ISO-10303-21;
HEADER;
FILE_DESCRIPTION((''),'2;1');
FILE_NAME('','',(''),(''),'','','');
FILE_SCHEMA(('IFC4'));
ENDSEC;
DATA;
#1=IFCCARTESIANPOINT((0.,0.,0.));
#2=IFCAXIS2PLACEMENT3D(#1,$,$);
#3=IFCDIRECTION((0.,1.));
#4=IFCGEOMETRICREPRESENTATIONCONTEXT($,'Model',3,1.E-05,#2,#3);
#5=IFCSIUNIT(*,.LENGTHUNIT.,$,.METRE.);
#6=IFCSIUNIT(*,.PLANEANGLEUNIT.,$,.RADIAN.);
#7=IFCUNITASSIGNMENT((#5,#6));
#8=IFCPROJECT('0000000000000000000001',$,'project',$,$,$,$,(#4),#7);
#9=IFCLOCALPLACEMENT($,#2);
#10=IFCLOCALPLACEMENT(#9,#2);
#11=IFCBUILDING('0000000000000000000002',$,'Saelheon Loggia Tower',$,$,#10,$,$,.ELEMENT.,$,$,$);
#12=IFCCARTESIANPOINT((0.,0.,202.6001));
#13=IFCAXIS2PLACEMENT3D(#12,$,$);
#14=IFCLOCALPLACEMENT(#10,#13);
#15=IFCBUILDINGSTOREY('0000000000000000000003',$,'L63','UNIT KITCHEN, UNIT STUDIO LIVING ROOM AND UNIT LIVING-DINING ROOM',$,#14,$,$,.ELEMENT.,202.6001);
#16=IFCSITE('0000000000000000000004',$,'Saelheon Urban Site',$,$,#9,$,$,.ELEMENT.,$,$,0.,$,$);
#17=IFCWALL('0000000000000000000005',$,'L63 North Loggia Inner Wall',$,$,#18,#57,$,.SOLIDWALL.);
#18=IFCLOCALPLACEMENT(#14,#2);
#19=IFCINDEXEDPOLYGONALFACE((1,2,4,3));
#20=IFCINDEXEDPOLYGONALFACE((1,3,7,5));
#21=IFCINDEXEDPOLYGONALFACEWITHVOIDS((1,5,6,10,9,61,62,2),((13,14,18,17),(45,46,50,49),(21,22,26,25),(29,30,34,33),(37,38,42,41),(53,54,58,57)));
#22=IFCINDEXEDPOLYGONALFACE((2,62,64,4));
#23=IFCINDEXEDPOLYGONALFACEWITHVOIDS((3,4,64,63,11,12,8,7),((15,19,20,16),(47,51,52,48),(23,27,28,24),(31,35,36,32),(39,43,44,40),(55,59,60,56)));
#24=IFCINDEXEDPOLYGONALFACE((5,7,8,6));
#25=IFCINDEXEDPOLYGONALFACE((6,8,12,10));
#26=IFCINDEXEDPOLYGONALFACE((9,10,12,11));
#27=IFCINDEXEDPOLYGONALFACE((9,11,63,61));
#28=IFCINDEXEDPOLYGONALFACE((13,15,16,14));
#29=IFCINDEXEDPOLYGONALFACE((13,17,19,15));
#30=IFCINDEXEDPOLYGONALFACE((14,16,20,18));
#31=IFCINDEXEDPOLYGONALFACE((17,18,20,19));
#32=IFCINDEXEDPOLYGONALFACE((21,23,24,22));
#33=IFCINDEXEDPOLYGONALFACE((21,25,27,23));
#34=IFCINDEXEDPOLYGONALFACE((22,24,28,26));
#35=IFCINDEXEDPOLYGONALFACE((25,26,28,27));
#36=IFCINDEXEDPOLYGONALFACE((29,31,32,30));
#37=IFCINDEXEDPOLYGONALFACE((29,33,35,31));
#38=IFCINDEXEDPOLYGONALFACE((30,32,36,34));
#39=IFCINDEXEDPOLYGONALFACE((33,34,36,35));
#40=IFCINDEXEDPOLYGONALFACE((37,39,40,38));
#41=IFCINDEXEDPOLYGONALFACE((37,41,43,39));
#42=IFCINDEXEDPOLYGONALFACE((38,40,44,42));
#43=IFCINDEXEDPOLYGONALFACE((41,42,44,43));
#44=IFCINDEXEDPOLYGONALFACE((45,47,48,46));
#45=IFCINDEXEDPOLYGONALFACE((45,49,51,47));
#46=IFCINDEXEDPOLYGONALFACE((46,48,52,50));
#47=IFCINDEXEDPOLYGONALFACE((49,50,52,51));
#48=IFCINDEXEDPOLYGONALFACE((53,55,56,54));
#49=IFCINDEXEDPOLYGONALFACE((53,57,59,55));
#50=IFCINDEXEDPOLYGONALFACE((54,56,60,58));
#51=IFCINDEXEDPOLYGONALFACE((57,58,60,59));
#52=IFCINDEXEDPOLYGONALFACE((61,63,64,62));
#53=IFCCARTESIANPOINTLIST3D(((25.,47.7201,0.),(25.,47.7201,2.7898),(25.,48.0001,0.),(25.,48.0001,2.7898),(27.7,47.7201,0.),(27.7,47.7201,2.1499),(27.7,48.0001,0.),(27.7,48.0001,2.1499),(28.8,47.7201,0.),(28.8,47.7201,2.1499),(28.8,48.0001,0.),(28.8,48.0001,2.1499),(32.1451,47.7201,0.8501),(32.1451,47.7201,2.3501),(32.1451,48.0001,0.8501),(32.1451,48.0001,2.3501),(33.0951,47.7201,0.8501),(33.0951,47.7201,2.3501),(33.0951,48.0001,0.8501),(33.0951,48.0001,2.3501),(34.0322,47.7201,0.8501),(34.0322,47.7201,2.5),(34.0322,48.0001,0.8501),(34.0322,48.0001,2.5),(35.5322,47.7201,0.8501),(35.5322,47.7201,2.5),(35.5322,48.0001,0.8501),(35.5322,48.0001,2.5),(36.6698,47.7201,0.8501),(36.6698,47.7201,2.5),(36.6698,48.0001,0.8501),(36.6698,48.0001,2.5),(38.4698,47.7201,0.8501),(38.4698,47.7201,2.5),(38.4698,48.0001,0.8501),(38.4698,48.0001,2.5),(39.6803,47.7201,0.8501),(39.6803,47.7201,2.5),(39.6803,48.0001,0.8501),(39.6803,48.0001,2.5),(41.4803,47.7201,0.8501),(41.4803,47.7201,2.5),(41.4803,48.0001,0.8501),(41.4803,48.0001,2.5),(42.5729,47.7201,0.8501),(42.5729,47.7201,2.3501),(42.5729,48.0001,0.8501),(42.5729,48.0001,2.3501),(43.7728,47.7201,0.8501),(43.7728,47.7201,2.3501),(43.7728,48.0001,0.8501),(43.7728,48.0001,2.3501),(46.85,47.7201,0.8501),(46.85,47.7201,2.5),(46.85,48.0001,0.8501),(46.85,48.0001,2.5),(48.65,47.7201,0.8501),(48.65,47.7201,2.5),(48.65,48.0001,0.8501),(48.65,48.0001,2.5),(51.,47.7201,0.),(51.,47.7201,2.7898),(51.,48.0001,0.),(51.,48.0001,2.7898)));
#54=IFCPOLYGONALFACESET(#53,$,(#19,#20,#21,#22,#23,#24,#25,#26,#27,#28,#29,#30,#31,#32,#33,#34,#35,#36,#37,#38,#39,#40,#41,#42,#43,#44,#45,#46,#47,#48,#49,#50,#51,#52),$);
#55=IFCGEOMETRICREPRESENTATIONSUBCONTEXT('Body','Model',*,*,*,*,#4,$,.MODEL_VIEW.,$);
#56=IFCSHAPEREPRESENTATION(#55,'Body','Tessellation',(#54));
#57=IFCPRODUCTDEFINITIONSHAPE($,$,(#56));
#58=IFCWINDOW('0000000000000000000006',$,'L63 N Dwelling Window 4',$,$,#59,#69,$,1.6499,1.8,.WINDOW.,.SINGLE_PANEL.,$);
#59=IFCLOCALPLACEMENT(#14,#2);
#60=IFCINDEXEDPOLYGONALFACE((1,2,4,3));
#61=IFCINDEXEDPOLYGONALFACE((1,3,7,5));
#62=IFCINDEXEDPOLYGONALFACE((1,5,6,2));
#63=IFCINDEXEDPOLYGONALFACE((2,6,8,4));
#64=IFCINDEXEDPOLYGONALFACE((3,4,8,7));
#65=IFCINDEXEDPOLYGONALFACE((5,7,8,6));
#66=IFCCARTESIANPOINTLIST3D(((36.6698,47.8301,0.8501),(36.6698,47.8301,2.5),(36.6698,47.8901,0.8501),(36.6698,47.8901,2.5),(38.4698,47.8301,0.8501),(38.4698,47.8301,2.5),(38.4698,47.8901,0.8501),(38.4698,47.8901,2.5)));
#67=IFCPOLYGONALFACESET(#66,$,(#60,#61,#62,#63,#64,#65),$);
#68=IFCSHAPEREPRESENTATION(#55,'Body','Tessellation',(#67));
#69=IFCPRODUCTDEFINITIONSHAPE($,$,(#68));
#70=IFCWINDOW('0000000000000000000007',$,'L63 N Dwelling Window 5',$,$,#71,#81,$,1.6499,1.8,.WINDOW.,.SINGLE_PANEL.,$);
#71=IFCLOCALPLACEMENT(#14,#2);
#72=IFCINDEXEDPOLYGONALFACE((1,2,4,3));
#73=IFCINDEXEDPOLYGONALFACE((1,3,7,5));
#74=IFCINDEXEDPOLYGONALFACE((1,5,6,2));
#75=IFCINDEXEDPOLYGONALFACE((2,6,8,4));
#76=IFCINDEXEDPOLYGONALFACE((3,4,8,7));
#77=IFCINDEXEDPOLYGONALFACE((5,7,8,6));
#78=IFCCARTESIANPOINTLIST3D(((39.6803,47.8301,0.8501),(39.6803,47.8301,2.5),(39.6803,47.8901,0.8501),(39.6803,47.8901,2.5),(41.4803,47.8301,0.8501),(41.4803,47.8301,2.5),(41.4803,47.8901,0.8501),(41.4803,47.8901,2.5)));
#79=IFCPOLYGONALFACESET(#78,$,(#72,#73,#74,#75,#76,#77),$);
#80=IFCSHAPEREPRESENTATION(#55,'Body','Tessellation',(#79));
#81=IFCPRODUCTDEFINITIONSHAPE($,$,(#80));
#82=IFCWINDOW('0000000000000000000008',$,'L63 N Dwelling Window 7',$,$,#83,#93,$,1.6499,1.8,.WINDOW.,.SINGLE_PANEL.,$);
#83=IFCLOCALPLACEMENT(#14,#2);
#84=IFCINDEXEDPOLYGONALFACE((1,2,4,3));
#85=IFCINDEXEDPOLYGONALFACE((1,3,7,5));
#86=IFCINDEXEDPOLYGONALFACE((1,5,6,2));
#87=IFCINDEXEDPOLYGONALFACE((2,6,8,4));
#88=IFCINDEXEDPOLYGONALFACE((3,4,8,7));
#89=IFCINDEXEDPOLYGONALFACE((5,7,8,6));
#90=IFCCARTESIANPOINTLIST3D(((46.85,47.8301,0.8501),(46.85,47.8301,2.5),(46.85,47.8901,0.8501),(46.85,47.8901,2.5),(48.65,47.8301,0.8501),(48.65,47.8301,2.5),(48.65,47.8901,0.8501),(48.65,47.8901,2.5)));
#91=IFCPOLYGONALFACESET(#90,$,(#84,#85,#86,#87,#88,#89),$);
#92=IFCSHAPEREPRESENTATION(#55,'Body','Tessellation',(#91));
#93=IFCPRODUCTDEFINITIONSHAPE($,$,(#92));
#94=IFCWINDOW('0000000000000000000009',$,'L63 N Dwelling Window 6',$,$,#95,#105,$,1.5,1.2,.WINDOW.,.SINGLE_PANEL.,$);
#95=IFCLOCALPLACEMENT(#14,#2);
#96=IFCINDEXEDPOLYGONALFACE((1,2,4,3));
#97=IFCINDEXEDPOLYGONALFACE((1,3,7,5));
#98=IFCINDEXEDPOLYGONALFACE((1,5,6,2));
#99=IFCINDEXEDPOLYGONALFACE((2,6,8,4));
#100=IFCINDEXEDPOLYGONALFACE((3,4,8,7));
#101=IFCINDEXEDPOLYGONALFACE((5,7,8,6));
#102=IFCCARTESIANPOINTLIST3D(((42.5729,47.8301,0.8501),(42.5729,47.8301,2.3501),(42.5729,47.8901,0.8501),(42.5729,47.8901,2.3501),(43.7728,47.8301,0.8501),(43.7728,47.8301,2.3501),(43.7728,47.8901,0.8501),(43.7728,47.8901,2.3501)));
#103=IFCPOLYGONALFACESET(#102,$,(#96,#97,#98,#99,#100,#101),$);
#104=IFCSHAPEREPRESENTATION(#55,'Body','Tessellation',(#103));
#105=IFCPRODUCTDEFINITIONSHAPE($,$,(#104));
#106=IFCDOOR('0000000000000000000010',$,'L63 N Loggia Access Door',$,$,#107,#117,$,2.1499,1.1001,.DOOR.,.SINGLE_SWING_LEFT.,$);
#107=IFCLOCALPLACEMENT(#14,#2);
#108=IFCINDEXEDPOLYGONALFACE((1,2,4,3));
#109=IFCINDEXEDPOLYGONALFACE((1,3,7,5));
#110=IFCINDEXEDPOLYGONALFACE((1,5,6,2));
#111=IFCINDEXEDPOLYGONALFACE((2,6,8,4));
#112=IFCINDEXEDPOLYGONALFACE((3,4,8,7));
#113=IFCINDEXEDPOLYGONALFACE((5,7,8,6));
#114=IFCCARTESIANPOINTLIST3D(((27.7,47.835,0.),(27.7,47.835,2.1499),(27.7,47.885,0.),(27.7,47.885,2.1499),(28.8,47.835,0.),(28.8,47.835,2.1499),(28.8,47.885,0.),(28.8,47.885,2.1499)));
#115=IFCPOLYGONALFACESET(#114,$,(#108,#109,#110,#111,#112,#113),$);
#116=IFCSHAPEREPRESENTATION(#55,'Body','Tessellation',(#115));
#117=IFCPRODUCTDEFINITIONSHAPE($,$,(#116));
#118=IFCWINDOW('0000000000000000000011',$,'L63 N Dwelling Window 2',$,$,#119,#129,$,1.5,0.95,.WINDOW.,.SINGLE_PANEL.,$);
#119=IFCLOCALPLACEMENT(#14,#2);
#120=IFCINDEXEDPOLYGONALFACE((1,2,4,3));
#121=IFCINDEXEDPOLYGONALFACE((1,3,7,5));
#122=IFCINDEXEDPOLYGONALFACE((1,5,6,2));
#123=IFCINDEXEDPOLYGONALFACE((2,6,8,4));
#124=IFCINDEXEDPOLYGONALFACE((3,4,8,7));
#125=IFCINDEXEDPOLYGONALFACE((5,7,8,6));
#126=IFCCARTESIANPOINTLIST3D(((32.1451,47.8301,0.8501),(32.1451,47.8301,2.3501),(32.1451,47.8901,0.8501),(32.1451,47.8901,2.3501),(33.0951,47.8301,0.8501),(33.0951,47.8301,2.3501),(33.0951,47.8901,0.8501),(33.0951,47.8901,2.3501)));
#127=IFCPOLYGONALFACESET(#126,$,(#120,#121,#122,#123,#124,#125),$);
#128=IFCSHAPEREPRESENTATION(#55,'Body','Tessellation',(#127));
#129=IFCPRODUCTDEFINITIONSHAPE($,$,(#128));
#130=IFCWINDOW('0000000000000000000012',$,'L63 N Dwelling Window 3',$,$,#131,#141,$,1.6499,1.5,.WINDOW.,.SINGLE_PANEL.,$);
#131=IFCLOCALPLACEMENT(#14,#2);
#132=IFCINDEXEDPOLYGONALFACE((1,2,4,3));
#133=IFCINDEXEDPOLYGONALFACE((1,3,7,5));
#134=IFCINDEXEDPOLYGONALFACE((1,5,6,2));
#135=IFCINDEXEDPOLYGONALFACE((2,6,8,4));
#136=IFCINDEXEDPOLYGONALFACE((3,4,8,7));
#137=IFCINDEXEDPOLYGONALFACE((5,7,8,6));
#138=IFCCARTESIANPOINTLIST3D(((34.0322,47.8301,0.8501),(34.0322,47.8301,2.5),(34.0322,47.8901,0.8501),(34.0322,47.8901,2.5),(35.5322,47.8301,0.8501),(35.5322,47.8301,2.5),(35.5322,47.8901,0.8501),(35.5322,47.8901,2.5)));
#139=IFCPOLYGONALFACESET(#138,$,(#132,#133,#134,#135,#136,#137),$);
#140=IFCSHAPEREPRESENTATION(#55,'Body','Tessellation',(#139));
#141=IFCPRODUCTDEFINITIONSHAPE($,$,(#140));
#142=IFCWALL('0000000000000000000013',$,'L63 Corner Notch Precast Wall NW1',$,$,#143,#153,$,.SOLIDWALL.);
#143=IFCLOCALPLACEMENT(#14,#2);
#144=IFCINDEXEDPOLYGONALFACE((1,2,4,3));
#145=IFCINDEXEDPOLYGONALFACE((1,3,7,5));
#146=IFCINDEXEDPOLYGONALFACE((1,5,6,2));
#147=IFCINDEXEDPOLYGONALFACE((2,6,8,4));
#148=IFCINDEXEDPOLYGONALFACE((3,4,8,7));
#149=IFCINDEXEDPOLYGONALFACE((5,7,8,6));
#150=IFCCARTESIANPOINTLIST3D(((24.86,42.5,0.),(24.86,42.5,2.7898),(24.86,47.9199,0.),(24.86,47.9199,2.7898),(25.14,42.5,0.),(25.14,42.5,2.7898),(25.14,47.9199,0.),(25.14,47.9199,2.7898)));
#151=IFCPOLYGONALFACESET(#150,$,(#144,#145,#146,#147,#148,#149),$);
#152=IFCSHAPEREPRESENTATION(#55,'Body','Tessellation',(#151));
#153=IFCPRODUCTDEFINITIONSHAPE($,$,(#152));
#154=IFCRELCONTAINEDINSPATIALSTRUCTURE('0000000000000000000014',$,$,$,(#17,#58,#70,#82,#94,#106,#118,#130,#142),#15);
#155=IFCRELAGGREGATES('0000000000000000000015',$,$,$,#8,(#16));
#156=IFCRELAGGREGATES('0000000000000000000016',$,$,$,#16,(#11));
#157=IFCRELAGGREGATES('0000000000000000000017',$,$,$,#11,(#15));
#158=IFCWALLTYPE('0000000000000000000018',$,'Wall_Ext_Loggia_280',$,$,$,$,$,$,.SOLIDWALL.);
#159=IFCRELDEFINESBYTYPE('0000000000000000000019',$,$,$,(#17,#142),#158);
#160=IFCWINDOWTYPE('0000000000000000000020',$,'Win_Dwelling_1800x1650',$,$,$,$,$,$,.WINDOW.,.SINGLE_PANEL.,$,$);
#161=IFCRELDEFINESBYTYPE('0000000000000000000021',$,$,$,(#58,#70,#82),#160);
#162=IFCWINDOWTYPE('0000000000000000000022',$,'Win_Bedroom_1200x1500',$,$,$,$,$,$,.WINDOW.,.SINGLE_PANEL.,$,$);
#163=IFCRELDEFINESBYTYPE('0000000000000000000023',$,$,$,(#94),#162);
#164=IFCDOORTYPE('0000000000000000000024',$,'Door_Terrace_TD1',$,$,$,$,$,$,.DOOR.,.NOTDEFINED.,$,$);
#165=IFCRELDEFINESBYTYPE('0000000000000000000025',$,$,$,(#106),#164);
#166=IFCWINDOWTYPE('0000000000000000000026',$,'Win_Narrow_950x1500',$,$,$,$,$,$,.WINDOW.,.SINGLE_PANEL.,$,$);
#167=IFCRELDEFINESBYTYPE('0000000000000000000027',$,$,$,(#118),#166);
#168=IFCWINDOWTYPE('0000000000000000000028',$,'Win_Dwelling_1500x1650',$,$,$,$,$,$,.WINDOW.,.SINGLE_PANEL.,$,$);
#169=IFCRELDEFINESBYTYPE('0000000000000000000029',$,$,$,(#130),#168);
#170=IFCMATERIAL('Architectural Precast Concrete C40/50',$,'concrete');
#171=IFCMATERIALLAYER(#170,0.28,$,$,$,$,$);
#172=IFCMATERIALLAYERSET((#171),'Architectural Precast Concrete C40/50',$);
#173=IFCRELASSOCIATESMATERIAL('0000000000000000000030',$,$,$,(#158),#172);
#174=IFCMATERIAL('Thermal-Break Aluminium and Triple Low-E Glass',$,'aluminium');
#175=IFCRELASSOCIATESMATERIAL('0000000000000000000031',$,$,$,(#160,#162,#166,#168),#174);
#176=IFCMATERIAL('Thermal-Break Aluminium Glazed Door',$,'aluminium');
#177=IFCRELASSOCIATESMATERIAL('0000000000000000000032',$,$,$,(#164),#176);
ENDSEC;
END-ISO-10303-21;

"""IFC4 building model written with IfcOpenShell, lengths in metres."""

from ifc_helpers import new_model, si_unit, direction, frame, frame_2d, origin, place, context, subcontext, project, spatial, rectangle, extrude, source, transform, mapped, material, layer, layer_set, type_object, element, fill, save


model = new_model("IFC4")

# Units and contexts
model_context = context("Model", 3, precision=1e-05, world=origin(), true_north=direction((0.0, 1.0)))
body_context = subcontext(model_context, "Body", "Model", "MODEL_VIEW")
ifc_project = project(units=[si_unit("LENGTHUNIT", "METRE"), si_unit("PLANEANGLEUNIT", "RADIAN")], contexts=[model_context])

# Site, building, storey
site_placement = place(None, origin())
site = spatial("IfcSite", under=ifc_project, at=site_placement, Name="Saelheon Urban Site", CompositionType="ELEMENT", RefElevation=0.0)
building_placement = place(site_placement, origin())
building = spatial("IfcBuilding", under=site, at=building_placement, Name="Saelheon Loggia Tower", CompositionType="ELEMENT")
storey_placement = place(building_placement, frame((0.0, 0.0, 202.6001)))
storey = spatial("IfcBuildingStorey", under=building, at=storey_placement, Name="L63", Description="UNIT KITCHEN, UNIT STUDIO LIVING ROOM AND UNIT LIVING-DINING ROOM", CompositionType="ELEMENT", Elevation=202.6001)

# Wall, openings, windows, door
ifc_material_1 = material(Name="Architectural Precast Concrete C40/50", Category="concrete")
ifc_layer_1 = layer(ifc_material_1, 0.28)
ifc_layer_set_1 = layer_set([ifc_layer_1], Name="Architectural Precast Concrete C40/50")
wall_type_1 = type_object("IfcWallType", Name="Wall_Ext_Loggia_280", PredefinedType="SOLIDWALL", material=ifc_layer_set_1)
wall_1_placement = place(storey_placement, frame((25.0, 47.8601, 0.0), z_axis=(0.0, 0.0, 1.0), x_axis=(1.0, 0.0, 0.0)))
wall_1 = element("IfcWall", 1, at=wall_1_placement, inside=storey, type_object=wall_type_1, Name="L63 North Loggia Inner Wall", PredefinedType="SOLIDWALL", context=body_context, shape_type="SweptSolid", body=[
    extrude(rectangle(XDim=26.0, YDim=0.28, at=frame_2d((13.0, 0.0))), origin(), (0.0, 0.0, 1.0), 2.7898),
])
opening_1_placement = place(wall_1_placement, frame((2.7, 0.0, 0.0)))
opening_1 = element("IfcOpeningElement", 2, at=opening_1_placement, cuts=wall_1, PredefinedType="OPENING", context=body_context, shape_type="SweptSolid", body=[
    extrude(rectangle(XDim=1.1001, YDim=2.1499, at=frame_2d((0.55, 1.075))), frame((0.0, 0.1521, 0.0), z_axis=(0.0, -1.0, 0.0), x_axis=(1.0, 0.0, 0.0)), (0.0, 0.0, 1.0), 0.304),
])
opening_2_placement = place(wall_1_placement, frame((7.145, 0.0, 0.8501)))
opening_2 = element("IfcOpeningElement", 3, at=opening_2_placement, cuts=wall_1, PredefinedType="OPENING", context=body_context, shape_type="SweptSolid", body=[
    extrude(rectangle(XDim=0.95, YDim=1.5, at=frame_2d((0.4751, 0.75))), frame((0.0, 0.1521, 0.0), z_axis=(0.0, -1.0, 0.0), x_axis=(1.0, 0.0, 0.0)), (0.0, 0.0, 1.0), 0.304),
])
opening_3_placement = place(wall_1_placement, frame((9.0322, 0.0, 0.8501)))
opening_3 = element("IfcOpeningElement", 4, at=opening_3_placement, cuts=wall_1, PredefinedType="OPENING", context=body_context, shape_type="SweptSolid", body=[
    extrude(rectangle(XDim=1.5, YDim=1.6499, at=frame_2d((0.75, 0.825))), frame((0.0, 0.1521, 0.0), z_axis=(0.0, -1.0, 0.0), x_axis=(1.0, 0.0, 0.0)), (0.0, 0.0, 1.0), 0.304),
])
opening_4_placement = place(wall_1_placement, frame((11.6699, 0.0, 0.8501)))
opening_4 = element("IfcOpeningElement", 5, at=opening_4_placement, cuts=wall_1, PredefinedType="OPENING", context=body_context, shape_type="SweptSolid", body=[
    extrude(rectangle(XDim=1.8, YDim=1.6499, at=frame_2d((0.8999, 0.825))), frame((0.0, 0.1521, 0.0), z_axis=(0.0, -1.0, 0.0), x_axis=(1.0, 0.0, 0.0)), (0.0, 0.0, 1.0), 0.304),
])
opening_5_placement = place(wall_1_placement, frame((14.6804, 0.0, 0.8501)))
opening_5 = element("IfcOpeningElement", 6, at=opening_5_placement, cuts=wall_1, PredefinedType="OPENING", context=body_context, shape_type="SweptSolid", body=[
    extrude(rectangle(XDim=1.8, YDim=1.6499, at=frame_2d((0.8999, 0.825))), frame((0.0, 0.1521, 0.0), z_axis=(0.0, -1.0, 0.0), x_axis=(1.0, 0.0, 0.0)), (0.0, 0.0, 1.0), 0.304),
])
opening_6_placement = place(wall_1_placement, frame((17.5728, 0.0, 0.8501)))
opening_6 = element("IfcOpeningElement", 7, at=opening_6_placement, cuts=wall_1, PredefinedType="OPENING", context=body_context, shape_type="SweptSolid", body=[
    extrude(rectangle(XDim=1.2, YDim=1.5, at=frame_2d((0.6001, 0.75))), frame((0.0, 0.1521, 0.0), z_axis=(0.0, -1.0, 0.0), x_axis=(1.0, 0.0, 0.0)), (0.0, 0.0, 1.0), 0.304),
])
opening_7_placement = place(wall_1_placement, frame((21.8501, 0.0, 0.8501)))
opening_7 = element("IfcOpeningElement", 8, at=opening_7_placement, cuts=wall_1, PredefinedType="OPENING", context=body_context, shape_type="SweptSolid", body=[
    extrude(rectangle(XDim=1.8, YDim=1.6499, at=frame_2d((0.8999, 0.825))), frame((0.0, 0.1521, 0.0), z_axis=(0.0, -1.0, 0.0), x_axis=(1.0, 0.0, 0.0)), (0.0, 0.0, 1.0), 0.304),
])
ifc_material_2 = material(Name="Thermal-Break Aluminium and Triple Low-E Glass", Category="aluminium")
window_type_1 = type_object("IfcWindowType", Name="Win_Dwelling_1800x1650", PartitioningType="SINGLE_PANEL", PredefinedType="WINDOW", material=ifc_material_2)
shared_shape_1 = source(origin(), body_context, "Body", "SweptSolid", [
    extrude(rectangle(XDim=1.8, YDim=1.6499, at=frame_2d((0.8999, 0.825))), frame((0.0, 0.03, 0.0), z_axis=(0.0, -1.0, 0.0), x_axis=(1.0, 0.0, 0.0)), (0.0, 0.0, 1.0), 0.0601),
])
window_1_placement = place(opening_4_placement, origin())
window_1 = element("IfcWindow", 9, at=window_1_placement, inside=storey, type_object=window_type_1, Name="L63 N Dwelling Window 4", OverallHeight=1.6499, OverallWidth=1.8, PartitioningType="SINGLE_PANEL", PredefinedType="WINDOW", context=body_context, shape_type="MappedRepresentation", body=[
    mapped(shared_shape_1, transform((0.0, 0.0, 0.0), scale=1.0)),
])
fill(opening_4, window_1)
window_2_placement = place(opening_5_placement, origin())
window_2 = element("IfcWindow", 10, at=window_2_placement, inside=storey, type_object=window_type_1, Name="L63 N Dwelling Window 5", OverallHeight=1.6499, OverallWidth=1.8, PartitioningType="SINGLE_PANEL", PredefinedType="WINDOW", context=body_context, shape_type="MappedRepresentation", body=[
    mapped(shared_shape_1, transform((0.0, 0.0, 0.0), scale=1.0)),
])
fill(opening_5, window_2)
window_3_placement = place(opening_7_placement, origin())
window_3 = element("IfcWindow", 11, at=window_3_placement, inside=storey, type_object=window_type_1, Name="L63 N Dwelling Window 7", OverallHeight=1.6499, OverallWidth=1.8, PartitioningType="SINGLE_PANEL", PredefinedType="WINDOW", context=body_context, shape_type="MappedRepresentation", body=[
    mapped(shared_shape_1, transform((0.0, 0.0, 0.0), scale=1.0)),
])
fill(opening_7, window_3)
window_type_2 = type_object("IfcWindowType", Name="Win_Bedroom_1200x1500", PartitioningType="SINGLE_PANEL", PredefinedType="WINDOW", material=ifc_material_2)
shared_shape_2 = source(origin(), body_context, "Body", "SweptSolid", [
    extrude(rectangle(XDim=1.2, YDim=1.5, at=frame_2d((0.6001, 0.75))), frame((0.0, 0.03, 0.0), z_axis=(0.0, -1.0, 0.0), x_axis=(1.0, 0.0, 0.0)), (0.0, 0.0, 1.0), 0.0601),
])
window_4_placement = place(opening_6_placement, origin())
window_4 = element("IfcWindow", 12, at=window_4_placement, inside=storey, type_object=window_type_2, Name="L63 N Dwelling Window 6", OverallHeight=1.5, OverallWidth=1.2, PartitioningType="SINGLE_PANEL", PredefinedType="WINDOW", context=body_context, shape_type="MappedRepresentation", body=[
    mapped(shared_shape_2, transform((0.0, 0.0, 0.0), scale=1.0)),
])
fill(opening_6, window_4)
ifc_material_3 = material(Name="Thermal-Break Aluminium Glazed Door", Category="aluminium")
door_type_1 = type_object("IfcDoorType", Name="Door_Terrace_TD1", OperationType="NOTDEFINED", PredefinedType="DOOR", material=ifc_material_3)
shared_shape_3 = source(origin(), body_context, "Body", "SweptSolid", [
    extrude(rectangle(XDim=1.1001, YDim=2.1499, at=frame_2d((0.55, 1.075))), frame((0.0, 0.0249, 0.0), z_axis=(0.0, -1.0, 0.0), x_axis=(1.0, 0.0, 0.0)), (0.0, 0.0, 1.0), 0.05),
])
door_1_placement = place(opening_1_placement, origin())
door_1 = element("IfcDoor", 13, at=door_1_placement, inside=storey, type_object=door_type_1, Name="L63 N Loggia Access Door", OperationType="SINGLE_SWING_LEFT", OverallHeight=2.1499, OverallWidth=1.1001, PredefinedType="DOOR", context=body_context, shape_type="MappedRepresentation", body=[
    mapped(shared_shape_3, transform((0.0, 0.0, 0.0), scale=1.0)),
])
fill(opening_1, door_1)
window_type_3 = type_object("IfcWindowType", Name="Win_Narrow_950x1500", PartitioningType="SINGLE_PANEL", PredefinedType="WINDOW", material=ifc_material_2)
shared_shape_4 = source(origin(), body_context, "Body", "SweptSolid", [
    extrude(rectangle(XDim=0.95, YDim=1.5, at=frame_2d((0.4751, 0.75))), frame((0.0, 0.03, 0.0), z_axis=(0.0, -1.0, 0.0), x_axis=(1.0, 0.0, 0.0)), (0.0, 0.0, 1.0), 0.0601),
])
window_5_placement = place(opening_2_placement, origin())
window_5 = element("IfcWindow", 14, at=window_5_placement, inside=storey, type_object=window_type_3, Name="L63 N Dwelling Window 2", OverallHeight=1.5, OverallWidth=0.95, PartitioningType="SINGLE_PANEL", PredefinedType="WINDOW", context=body_context, shape_type="MappedRepresentation", body=[
    mapped(shared_shape_4, transform((0.0, 0.0, 0.0), scale=1.0)),
])
fill(opening_2, window_5)
window_type_4 = type_object("IfcWindowType", Name="Win_Dwelling_1500x1650", PartitioningType="SINGLE_PANEL", PredefinedType="WINDOW", material=ifc_material_2)
shared_shape_5 = source(origin(), body_context, "Body", "SweptSolid", [
    extrude(rectangle(XDim=1.5, YDim=1.6499, at=frame_2d((0.75, 0.825))), frame((0.0, 0.03, 0.0), z_axis=(0.0, -1.0, 0.0), x_axis=(1.0, 0.0, 0.0)), (0.0, 0.0, 1.0), 0.0601),
])
window_6_placement = place(opening_3_placement, origin())
window_6 = element("IfcWindow", 15, at=window_6_placement, inside=storey, type_object=window_type_4, Name="L63 N Dwelling Window 3", OverallHeight=1.6499, OverallWidth=1.5, PartitioningType="SINGLE_PANEL", PredefinedType="WINDOW", context=body_context, shape_type="MappedRepresentation", body=[
    mapped(shared_shape_5, transform((0.0, 0.0, 0.0), scale=1.0)),
])
fill(opening_3, window_6)

# Wall
for number, where, z_axis, x_axis, name in (
    (16, (25.0, 42.5, 0.0), (0.0, 0.0, 1.0), (0.0, 1.0, 0.0), "L63 Corner Notch Precast Wall NW1"),
):
    element("IfcWall", number, at=place(storey_placement, frame(where, z_axis=z_axis, x_axis=x_axis)), inside=storey, type_object=wall_type_1, Name=name, PredefinedType="SOLIDWALL", context=body_context, shape_type="SweptSolid", body=[
        extrude(rectangle(XDim=5.4199, YDim=0.28, at=frame_2d((2.71, 0.0))), origin(), (0.0, 0.0, 1.0), 2.7898),
    ])

save(model, "model.ifc")
